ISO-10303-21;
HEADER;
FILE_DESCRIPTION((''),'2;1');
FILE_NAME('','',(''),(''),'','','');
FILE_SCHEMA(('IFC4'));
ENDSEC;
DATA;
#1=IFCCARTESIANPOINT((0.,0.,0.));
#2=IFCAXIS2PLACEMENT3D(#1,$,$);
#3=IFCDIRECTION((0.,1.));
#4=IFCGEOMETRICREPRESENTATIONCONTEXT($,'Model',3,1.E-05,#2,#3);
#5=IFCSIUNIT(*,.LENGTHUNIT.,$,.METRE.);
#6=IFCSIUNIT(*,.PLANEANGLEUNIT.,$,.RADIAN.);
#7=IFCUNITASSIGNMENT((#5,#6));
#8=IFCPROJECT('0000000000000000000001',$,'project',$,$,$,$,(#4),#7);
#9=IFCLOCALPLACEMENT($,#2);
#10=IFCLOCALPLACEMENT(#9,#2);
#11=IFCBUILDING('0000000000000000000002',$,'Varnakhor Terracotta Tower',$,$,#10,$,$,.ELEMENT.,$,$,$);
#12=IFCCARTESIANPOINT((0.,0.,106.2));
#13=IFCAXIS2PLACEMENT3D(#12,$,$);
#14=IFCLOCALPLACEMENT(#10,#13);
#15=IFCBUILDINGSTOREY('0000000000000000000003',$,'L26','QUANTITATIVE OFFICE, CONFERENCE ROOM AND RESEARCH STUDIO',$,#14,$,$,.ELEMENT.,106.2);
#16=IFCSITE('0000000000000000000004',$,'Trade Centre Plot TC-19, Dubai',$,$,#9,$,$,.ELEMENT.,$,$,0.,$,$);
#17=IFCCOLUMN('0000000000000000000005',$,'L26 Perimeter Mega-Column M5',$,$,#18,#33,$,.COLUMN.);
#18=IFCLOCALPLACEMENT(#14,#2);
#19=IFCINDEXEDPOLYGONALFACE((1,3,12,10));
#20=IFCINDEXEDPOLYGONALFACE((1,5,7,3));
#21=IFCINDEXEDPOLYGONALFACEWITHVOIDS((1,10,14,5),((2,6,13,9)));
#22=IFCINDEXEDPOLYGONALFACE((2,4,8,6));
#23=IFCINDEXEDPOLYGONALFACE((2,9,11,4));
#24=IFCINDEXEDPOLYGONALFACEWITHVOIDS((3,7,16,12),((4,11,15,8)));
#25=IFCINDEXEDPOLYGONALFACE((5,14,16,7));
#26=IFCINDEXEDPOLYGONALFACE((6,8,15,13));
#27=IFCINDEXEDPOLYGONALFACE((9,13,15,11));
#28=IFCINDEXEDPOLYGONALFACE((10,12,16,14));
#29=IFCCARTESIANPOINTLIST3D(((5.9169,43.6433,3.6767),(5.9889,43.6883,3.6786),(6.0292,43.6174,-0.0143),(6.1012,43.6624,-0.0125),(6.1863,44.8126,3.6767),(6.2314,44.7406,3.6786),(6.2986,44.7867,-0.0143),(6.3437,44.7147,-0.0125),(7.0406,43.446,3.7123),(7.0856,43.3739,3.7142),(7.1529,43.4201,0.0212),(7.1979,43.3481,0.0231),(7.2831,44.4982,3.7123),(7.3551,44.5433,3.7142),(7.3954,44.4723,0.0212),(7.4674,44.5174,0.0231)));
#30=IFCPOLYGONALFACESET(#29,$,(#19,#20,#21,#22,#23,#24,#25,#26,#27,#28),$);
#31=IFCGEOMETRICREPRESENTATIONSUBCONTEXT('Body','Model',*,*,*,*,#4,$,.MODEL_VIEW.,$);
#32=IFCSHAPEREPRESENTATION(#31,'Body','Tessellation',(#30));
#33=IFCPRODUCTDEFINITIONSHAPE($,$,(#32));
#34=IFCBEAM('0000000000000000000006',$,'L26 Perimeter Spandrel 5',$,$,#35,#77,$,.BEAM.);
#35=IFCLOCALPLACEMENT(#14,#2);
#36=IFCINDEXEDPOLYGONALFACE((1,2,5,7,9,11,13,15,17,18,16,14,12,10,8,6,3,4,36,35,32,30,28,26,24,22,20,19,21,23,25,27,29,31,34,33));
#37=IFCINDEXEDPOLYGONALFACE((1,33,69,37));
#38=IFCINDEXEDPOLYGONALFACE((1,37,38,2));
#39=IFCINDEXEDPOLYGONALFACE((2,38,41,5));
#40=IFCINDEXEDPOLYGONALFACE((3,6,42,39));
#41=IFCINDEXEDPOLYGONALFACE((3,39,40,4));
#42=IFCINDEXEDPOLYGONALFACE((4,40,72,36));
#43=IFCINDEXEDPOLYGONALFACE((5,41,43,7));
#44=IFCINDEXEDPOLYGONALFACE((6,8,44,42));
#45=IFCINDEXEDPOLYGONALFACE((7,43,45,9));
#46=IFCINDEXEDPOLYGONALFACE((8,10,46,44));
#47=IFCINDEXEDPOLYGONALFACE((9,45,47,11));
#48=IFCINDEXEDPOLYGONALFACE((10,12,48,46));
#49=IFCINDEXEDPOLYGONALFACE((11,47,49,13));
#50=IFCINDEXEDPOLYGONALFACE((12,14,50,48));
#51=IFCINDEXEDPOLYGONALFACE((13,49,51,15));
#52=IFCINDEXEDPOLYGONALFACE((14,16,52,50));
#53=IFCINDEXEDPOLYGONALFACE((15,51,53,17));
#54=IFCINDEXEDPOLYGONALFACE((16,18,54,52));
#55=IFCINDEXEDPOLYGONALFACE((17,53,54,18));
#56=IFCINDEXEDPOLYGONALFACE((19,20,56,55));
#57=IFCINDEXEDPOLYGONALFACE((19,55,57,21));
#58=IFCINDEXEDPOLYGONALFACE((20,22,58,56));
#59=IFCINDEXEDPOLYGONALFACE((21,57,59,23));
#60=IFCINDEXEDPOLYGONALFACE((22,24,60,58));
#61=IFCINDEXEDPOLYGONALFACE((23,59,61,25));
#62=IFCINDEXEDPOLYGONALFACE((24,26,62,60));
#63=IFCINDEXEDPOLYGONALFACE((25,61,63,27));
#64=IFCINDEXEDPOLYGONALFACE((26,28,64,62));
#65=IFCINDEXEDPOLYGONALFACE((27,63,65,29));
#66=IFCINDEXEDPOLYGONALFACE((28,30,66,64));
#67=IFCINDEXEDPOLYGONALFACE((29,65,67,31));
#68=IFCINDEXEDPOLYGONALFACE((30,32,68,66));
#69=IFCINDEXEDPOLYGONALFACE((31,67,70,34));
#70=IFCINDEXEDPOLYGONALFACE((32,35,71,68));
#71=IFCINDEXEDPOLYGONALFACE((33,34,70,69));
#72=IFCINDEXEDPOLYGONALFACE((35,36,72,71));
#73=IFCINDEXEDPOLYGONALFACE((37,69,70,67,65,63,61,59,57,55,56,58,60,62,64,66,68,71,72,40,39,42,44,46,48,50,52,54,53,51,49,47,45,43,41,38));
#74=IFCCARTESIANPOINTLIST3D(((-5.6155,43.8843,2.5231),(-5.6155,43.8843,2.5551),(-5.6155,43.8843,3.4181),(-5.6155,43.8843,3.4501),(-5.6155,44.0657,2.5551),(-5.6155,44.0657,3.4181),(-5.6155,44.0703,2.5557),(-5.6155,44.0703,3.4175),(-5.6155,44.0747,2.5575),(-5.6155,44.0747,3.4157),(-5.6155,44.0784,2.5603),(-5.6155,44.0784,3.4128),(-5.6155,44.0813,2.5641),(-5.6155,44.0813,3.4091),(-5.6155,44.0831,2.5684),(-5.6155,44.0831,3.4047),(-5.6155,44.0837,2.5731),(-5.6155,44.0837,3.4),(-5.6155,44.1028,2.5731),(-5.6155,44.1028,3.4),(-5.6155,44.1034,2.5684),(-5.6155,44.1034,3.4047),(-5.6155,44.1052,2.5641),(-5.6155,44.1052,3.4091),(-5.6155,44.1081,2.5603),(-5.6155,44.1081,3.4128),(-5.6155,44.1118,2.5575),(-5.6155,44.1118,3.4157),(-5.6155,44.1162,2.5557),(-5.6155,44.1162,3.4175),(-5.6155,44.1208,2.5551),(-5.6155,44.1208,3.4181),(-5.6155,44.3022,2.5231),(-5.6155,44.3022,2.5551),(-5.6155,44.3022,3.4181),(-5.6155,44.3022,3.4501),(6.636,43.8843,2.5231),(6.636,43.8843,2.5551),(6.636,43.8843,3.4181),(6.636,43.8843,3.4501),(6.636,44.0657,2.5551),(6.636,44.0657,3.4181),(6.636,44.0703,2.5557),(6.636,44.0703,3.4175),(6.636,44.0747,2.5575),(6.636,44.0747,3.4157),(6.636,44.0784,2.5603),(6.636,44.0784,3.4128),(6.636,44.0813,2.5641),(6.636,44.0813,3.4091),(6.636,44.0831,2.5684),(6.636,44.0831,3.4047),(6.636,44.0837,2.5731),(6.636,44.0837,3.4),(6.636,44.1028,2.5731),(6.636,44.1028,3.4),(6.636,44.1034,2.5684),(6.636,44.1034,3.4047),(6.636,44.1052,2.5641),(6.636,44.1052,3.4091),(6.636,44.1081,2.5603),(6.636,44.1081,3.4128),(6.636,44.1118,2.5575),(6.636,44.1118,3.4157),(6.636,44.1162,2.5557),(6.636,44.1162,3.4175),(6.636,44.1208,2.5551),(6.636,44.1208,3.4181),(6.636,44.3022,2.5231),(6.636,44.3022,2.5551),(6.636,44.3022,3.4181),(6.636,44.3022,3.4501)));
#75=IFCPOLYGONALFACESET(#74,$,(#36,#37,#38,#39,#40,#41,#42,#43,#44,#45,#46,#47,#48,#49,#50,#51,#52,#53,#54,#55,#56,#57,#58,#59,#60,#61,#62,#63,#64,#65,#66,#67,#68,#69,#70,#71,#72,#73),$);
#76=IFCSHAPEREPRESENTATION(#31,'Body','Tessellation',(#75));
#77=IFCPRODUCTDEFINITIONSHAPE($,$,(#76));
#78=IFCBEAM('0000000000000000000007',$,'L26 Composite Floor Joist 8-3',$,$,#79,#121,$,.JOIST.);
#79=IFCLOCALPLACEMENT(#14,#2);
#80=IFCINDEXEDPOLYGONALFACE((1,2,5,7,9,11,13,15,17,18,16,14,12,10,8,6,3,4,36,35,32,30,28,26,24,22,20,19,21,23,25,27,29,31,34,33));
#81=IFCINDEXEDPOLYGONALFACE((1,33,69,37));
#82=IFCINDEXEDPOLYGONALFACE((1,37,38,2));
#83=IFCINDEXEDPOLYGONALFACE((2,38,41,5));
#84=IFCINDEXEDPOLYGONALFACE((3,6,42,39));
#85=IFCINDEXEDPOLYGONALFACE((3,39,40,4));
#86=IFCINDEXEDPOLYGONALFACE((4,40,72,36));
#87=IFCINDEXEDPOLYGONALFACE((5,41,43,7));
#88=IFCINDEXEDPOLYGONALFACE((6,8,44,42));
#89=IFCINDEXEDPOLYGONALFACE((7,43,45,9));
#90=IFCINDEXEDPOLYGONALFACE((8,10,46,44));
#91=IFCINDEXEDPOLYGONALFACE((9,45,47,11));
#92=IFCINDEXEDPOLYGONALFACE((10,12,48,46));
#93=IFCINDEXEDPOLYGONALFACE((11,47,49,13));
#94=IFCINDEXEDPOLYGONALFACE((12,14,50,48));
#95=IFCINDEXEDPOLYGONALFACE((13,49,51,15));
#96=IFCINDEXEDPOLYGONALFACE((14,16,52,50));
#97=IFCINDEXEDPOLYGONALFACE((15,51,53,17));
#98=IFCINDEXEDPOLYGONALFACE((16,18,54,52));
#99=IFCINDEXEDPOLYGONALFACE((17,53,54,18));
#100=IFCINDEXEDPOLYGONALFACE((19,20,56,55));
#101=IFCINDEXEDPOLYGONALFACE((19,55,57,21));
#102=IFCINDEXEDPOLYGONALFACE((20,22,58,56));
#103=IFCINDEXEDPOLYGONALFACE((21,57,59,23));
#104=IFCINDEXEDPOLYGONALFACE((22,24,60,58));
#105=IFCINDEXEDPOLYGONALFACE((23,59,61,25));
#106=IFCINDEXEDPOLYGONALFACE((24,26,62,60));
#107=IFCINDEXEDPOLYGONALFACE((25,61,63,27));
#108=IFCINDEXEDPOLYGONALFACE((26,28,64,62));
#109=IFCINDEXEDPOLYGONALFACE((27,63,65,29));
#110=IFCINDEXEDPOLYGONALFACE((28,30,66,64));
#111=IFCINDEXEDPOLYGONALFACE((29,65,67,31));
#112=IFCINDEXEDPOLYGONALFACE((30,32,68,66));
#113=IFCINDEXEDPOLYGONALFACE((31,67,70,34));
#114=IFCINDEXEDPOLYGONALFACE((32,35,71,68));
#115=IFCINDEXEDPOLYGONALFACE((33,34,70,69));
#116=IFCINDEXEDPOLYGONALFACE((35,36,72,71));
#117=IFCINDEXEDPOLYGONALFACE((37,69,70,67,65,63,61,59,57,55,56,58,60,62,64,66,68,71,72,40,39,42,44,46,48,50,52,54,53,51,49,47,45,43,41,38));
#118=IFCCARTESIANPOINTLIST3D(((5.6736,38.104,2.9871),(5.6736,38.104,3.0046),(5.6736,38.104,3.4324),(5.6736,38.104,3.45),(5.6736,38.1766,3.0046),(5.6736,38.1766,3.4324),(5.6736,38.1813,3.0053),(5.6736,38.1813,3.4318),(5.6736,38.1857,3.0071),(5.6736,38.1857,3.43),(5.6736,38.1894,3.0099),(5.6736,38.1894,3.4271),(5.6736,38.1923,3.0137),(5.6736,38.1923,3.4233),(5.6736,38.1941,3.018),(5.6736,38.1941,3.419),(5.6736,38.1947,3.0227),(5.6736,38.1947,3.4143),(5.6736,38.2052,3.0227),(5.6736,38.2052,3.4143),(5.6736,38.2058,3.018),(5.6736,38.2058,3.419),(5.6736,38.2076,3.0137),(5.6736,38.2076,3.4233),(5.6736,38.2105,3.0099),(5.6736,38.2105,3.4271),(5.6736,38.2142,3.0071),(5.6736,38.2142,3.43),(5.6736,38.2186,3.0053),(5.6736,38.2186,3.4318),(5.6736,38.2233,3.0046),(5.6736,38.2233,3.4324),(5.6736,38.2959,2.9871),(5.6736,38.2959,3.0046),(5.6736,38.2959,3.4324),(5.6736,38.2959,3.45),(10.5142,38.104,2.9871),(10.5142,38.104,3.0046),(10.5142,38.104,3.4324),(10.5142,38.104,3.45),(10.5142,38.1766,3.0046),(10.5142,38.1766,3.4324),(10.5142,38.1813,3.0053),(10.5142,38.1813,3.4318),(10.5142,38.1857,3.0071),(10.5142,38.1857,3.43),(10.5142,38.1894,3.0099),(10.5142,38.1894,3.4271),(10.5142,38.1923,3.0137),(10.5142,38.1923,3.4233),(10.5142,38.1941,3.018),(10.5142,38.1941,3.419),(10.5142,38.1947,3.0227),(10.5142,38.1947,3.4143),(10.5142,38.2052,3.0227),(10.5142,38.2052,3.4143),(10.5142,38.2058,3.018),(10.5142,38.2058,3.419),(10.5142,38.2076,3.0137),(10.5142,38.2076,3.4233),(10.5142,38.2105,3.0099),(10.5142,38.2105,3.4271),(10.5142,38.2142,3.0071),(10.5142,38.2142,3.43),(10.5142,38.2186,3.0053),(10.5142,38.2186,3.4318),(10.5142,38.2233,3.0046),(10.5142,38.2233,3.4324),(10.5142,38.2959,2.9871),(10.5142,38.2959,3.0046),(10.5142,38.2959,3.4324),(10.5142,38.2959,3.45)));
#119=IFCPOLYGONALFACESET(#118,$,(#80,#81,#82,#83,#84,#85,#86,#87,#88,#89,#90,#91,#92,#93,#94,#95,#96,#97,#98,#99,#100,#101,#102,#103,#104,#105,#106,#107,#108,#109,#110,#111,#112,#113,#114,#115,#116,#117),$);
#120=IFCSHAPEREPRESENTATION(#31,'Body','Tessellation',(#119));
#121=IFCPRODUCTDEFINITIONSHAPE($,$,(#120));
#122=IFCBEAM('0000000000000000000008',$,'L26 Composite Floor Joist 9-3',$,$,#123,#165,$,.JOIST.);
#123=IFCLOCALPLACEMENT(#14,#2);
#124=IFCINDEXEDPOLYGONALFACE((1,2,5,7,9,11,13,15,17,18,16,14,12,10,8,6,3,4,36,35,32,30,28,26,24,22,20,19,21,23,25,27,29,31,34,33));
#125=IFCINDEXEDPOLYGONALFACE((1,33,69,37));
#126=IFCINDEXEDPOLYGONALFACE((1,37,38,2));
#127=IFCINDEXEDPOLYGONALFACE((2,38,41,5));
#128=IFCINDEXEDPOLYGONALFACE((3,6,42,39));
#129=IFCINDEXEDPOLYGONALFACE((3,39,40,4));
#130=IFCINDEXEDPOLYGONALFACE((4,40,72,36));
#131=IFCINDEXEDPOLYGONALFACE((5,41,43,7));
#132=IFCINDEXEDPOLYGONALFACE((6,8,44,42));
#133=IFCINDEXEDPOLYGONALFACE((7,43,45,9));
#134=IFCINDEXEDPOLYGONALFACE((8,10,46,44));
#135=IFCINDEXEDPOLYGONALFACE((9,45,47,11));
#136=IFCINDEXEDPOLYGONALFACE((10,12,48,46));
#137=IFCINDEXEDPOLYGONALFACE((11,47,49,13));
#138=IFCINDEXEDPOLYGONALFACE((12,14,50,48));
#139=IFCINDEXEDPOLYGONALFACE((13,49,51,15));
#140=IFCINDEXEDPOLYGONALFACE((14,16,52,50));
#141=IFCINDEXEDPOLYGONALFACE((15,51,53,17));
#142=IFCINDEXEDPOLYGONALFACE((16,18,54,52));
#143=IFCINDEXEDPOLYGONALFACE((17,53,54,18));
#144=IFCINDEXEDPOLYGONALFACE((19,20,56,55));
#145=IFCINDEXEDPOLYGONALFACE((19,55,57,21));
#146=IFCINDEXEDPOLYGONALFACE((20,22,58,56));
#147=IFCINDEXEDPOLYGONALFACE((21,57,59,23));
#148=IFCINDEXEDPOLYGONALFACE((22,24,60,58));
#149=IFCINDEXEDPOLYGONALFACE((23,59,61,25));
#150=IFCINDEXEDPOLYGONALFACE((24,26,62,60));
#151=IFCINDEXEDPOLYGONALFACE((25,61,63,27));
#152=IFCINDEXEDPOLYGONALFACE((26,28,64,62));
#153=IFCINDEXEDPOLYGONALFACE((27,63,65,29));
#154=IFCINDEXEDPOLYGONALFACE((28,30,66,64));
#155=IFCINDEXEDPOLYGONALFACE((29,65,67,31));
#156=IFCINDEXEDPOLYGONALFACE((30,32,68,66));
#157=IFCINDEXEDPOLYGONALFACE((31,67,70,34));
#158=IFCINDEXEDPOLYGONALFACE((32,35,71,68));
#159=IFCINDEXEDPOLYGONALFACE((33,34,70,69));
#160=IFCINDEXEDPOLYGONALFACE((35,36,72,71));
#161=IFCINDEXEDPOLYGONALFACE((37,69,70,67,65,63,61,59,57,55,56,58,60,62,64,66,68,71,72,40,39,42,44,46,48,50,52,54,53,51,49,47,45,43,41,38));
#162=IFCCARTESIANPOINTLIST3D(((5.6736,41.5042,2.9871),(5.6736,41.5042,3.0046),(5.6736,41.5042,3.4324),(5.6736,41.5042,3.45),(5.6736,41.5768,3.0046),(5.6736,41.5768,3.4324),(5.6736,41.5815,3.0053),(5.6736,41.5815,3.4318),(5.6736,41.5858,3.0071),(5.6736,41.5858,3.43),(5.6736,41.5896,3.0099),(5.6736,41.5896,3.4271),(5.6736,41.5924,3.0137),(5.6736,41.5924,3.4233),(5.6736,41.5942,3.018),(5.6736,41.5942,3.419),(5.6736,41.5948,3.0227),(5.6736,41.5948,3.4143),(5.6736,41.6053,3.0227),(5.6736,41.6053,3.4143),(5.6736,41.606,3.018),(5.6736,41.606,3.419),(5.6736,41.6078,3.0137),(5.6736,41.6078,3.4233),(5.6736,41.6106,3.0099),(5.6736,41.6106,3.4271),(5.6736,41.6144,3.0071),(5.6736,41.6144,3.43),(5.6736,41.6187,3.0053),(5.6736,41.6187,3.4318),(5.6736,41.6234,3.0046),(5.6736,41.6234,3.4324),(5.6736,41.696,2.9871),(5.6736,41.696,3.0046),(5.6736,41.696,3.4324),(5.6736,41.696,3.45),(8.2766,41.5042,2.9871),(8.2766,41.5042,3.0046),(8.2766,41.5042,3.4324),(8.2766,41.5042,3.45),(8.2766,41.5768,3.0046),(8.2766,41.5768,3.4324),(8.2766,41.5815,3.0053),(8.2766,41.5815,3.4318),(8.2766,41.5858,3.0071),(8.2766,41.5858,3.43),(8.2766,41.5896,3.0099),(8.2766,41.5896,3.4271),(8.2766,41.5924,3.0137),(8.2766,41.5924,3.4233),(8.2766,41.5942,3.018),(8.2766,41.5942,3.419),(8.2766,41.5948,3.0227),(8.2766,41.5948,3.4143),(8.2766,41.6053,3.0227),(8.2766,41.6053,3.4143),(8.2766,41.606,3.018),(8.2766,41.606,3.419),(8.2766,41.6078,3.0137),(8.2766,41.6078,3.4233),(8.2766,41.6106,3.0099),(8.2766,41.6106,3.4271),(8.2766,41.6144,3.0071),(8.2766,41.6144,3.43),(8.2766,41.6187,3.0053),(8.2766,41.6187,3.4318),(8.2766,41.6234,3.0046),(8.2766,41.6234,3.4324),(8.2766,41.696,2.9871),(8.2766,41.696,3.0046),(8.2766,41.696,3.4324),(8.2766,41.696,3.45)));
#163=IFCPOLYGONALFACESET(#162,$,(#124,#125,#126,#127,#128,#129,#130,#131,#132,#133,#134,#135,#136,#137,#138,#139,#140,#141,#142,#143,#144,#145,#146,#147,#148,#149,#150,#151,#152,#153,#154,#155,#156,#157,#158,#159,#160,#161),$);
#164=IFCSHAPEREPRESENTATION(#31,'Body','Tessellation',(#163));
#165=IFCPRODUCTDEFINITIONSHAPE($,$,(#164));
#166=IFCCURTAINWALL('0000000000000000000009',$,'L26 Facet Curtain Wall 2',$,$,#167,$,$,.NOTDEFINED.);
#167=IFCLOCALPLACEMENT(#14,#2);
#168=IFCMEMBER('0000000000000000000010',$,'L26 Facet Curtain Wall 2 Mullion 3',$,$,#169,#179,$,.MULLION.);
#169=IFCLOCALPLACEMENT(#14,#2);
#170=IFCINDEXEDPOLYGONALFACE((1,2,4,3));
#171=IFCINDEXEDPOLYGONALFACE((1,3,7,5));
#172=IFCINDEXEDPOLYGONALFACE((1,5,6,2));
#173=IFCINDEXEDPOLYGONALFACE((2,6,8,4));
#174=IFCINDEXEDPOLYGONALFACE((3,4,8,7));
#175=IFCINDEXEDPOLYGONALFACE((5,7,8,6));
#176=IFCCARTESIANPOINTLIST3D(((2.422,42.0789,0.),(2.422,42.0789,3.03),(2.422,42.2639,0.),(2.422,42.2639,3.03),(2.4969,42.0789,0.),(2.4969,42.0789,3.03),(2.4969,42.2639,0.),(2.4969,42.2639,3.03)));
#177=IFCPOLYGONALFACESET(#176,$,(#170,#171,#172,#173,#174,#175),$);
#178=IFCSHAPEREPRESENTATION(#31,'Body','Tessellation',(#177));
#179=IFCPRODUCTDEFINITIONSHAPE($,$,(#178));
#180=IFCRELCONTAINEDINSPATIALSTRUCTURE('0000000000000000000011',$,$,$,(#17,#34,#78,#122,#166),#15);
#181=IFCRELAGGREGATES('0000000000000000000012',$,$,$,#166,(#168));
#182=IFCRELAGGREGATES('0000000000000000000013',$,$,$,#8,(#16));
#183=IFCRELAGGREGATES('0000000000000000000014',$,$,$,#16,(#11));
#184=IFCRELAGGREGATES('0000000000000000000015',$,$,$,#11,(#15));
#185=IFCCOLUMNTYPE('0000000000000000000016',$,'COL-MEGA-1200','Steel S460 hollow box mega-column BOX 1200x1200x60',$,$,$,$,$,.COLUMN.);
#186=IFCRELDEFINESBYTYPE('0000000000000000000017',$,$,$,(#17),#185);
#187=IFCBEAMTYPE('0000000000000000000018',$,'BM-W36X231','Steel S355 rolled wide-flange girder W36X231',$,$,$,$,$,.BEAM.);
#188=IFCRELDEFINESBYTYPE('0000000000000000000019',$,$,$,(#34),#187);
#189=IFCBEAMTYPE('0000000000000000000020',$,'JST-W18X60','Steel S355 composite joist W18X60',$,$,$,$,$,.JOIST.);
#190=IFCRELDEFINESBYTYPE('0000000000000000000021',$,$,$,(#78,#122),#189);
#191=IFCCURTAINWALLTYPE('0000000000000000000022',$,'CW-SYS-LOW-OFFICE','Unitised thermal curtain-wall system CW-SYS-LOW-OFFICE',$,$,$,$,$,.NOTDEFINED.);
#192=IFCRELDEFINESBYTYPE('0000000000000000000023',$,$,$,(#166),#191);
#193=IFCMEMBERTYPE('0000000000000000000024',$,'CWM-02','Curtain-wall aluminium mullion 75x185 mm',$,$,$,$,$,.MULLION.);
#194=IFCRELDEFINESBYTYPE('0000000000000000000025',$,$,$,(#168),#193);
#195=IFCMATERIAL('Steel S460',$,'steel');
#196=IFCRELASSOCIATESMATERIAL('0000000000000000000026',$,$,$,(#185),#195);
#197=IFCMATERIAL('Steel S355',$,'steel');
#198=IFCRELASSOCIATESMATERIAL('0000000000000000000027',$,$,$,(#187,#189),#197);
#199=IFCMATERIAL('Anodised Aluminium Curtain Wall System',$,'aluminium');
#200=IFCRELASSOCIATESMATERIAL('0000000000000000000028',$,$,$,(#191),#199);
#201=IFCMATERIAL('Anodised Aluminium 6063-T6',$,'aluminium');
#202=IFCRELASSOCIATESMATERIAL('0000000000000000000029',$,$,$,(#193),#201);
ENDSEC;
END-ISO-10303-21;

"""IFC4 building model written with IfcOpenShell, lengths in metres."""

from ifc_helpers import new_model, si_unit, direction, frame, origin, origin_2d, place, context, subcontext, project, spatial, rectangle, hollow_rectangle, i_section, extrude, source, transform, mapped, material, material_profile, profile_set, type_object, type_shapes, element, aggregate, save


model = new_model("IFC4")

# Units and contexts
model_context = context("Model", 3, precision=1e-05, world=origin(), true_north=direction((0.0, 1.0)))
body_context = subcontext(model_context, "Body", "Model", "MODEL_VIEW")
ifc_project = project(units=[si_unit("LENGTHUNIT", "METRE"), si_unit("PLANEANGLEUNIT", "RADIAN")], contexts=[model_context])

# Site, building, storey
site_placement = place(None, origin())
site = spatial("IfcSite", under=ifc_project, at=site_placement, Name="Trade Centre Plot TC-19, Dubai", CompositionType="ELEMENT", RefElevation=0.0)
building_placement = place(site_placement, origin())
building = spatial("IfcBuilding", under=site, at=building_placement, Name="Varnakhor Terracotta Tower", CompositionType="ELEMENT")
storey_placement = place(building_placement, frame((0.0, 0.0, 106.2)))
storey = spatial("IfcBuildingStorey", under=building, at=storey_placement, Name="L26", Description="QUANTITATIVE OFFICE, CONFERENCE ROOM AND RESEARCH STUDIO", CompositionType="ELEMENT", Elevation=106.2)

# Column
ifc_material_1 = material(Name="Steel S460", Category="steel")
ifc_material_profile_1 = material_profile(ifc_material_1, hollow_rectangle(XDim=1.2, YDim=1.2, WallThickness=0.0601, at=origin_2d()), Name="BOX 1200x1200x60")
ifc_profile_set_1 = profile_set([ifc_material_profile_1], Name="Steel S460")
column_type = type_object("IfcColumnType", Name="COL-MEGA-1200", Description="Steel S460 hollow box mega-column BOX 1200x1200x60", PredefinedType="COLUMN", material=ifc_profile_set_1)
shared_shape_1 = source(origin(), body_context, "Body", "SweptSolid", [
    extrude(hollow_rectangle(XDim=1.2, YDim=1.2, WallThickness=0.0601, at=origin_2d()), origin(), (0.0, 0.0, 1.0), 3.6929),
])
column_placement = place(storey_placement, frame((6.7483, 44.0674, 0.0044), z_axis=(-0.03041, 0.007008, 0.999513), x_axis=(-0.22455, -0.974463, 0.0)))
element("IfcColumn", 1, at=column_placement, inside=storey, type_object=column_type, Name="L26 Perimeter Mega-Column M5", PredefinedType="COLUMN", context=body_context, shape_type="MappedRepresentation", body=[
    mapped(shared_shape_1, transform((0.0, 0.0, 0.0), scale=1.0)),
])

# Beams
ifc_material_2 = material(Name="Steel S355", Category="steel")
ifc_material_profile_2 = material_profile(ifc_material_2, i_section(OverallWidth=0.418, OverallDepth=0.927, WebThickness=0.019, FlangeThickness=0.032, FilletRadius=0.0181, at=origin_2d()), Name="W36X231")
ifc_profile_set_2 = profile_set([ifc_material_profile_2], Name="Steel S355")
beam_type_1 = type_object("IfcBeamType", Name="BM-W36X231", Description="Steel S355 rolled wide-flange girder W36X231", PredefinedType="BEAM", material=ifc_profile_set_2)
shared_shape_2 = source(origin(), body_context, "Body", "SweptSolid", [
    extrude(i_section(OverallWidth=0.418, OverallDepth=0.927, WebThickness=0.019, FlangeThickness=0.032, FilletRadius=0.0181, at=origin_2d()), origin(), (0.0, 0.0, 1.0), 12.2515),
])
beam_1_placement = place(storey_placement, frame((6.636, 44.0933, 2.9866), z_axis=(-1.0, 0.0, 0.0), x_axis=(0.0, -1.0, 0.0)))
element("IfcBeam", 2, at=beam_1_placement, inside=storey, type_object=beam_type_1, Name="L26 Perimeter Spandrel 5", PredefinedType="BEAM", context=body_context, shape_type="MappedRepresentation", body=[
    mapped(shared_shape_2, transform((0.0, 0.0, 0.0), scale=1.0)),
])
ifc_material_profile_3 = material_profile(ifc_material_2, i_section(OverallWidth=0.1919, OverallDepth=0.4629, WebThickness=0.0105, FlangeThickness=0.0176, FilletRadius=0.0181, at=origin_2d()), Name="W18X60")
ifc_profile_set_3 = profile_set([ifc_material_profile_3], Name="Steel S355")
beam_type_2 = type_object("IfcBeamType", Name="JST-W18X60", Description="Steel S355 composite joist W18X60", PredefinedType="JOIST", material=ifc_profile_set_3)
shared_shape_3 = source(origin(), body_context, "Body", "SweptSolid", [
    extrude(i_section(OverallWidth=0.1919, OverallDepth=0.4629, WebThickness=0.0105, FlangeThickness=0.0176, FilletRadius=0.0181, at=origin_2d()), origin(), (0.0, 0.0, 1.0), 4.8406),
])
beam_2_placement = place(storey_placement, frame((5.6736, 38.2, 3.2185), z_axis=(1.0, 0.0, 0.0), x_axis=(0.0, 1.0, 0.0)))
element("IfcBeam", 3, at=beam_2_placement, inside=storey, type_object=beam_type_2, Name="L26 Composite Floor Joist 8-3", PredefinedType="JOIST", context=body_context, shape_type="MappedRepresentation", body=[
    mapped(shared_shape_3, transform((0.0, 0.0, 0.0), scale=1.0)),
])
shared_shape_4 = source(origin(), body_context, "Body", "SweptSolid", [
    extrude(i_section(OverallWidth=0.1919, OverallDepth=0.4629, WebThickness=0.0105, FlangeThickness=0.0176, FilletRadius=0.0181, at=origin_2d()), origin(), (0.0, 0.0, 1.0), 2.603),
])
beam_3_placement = place(storey_placement, frame((5.6736, 41.6001, 3.2185), z_axis=(1.0, 0.0, 0.0), x_axis=(0.0, 1.0, 0.0)))
element("IfcBeam", 4, at=beam_3_placement, inside=storey, type_object=beam_type_2, Name="L26 Composite Floor Joist 9-3", PredefinedType="JOIST", context=body_context, shape_type="MappedRepresentation", body=[
    mapped(shared_shape_4, transform((0.0, 0.0, 0.0), scale=1.0)),
])

# Curtain wall, member
ifc_material_3 = material(Name="Anodised Aluminium Curtain Wall System", Category="aluminium")
curtain_wall_type = type_object("IfcCurtainWallType", Name="CW-SYS-LOW-OFFICE", Description="Unitised thermal curtain-wall system CW-SYS-LOW-OFFICE", PredefinedType="NOTDEFINED", material=ifc_material_3)
curtain_wall_1_placement = place(storey_placement, origin())
curtain_wall_1 = element("IfcCurtainWall", 5, at=curtain_wall_1_placement, inside=storey, type_object=curtain_wall_type, Name="L26 Facet Curtain Wall 2", PredefinedType="NOTDEFINED")
ifc_material_4 = material(Name="Anodised Aluminium 6063-T6", Category="aluminium")
ifc_material_profile_4 = material_profile(ifc_material_4, rectangle(XDim=0.075, YDim=0.1851, at=origin_2d()), Name="ALU MULLION 75x185")
ifc_profile_set_4 = profile_set([ifc_material_profile_4], Name="Anodised Aluminium 6063-T6")
member_type_1 = type_object("IfcMemberType", Name="CWM-02", Description="Curtain-wall aluminium mullion 75x185 mm", PredefinedType="MULLION", material=ifc_profile_set_4)
shared_shape_5 = source(origin(), body_context, "Body", "SweptSolid", [
    extrude(rectangle(XDim=0.075, YDim=0.1851, at=origin_2d()), origin(), (0.0, 0.0, 1.0), 3.03),
])
type_shapes(member_type_1, [shared_shape_5])
member_1_placement = place(storey_placement, frame((2.4595, 42.1714, 0.0), z_axis=(0.0, 0.0, 1.0), x_axis=(1.0, 0.0, 0.0)))
member_1 = element("IfcMember", 6, at=member_1_placement, type_object=member_type_1, Name="L26 Facet Curtain Wall 2 Mullion 3", PredefinedType="MULLION", context=body_context, shape_type="MappedRepresentation", body=[
    mapped(shared_shape_5, transform((0.0, 0.0, 0.0), scale=1.0)),
])

aggregate(curtain_wall_1, [member_1])

save(model, "model.ifc")
